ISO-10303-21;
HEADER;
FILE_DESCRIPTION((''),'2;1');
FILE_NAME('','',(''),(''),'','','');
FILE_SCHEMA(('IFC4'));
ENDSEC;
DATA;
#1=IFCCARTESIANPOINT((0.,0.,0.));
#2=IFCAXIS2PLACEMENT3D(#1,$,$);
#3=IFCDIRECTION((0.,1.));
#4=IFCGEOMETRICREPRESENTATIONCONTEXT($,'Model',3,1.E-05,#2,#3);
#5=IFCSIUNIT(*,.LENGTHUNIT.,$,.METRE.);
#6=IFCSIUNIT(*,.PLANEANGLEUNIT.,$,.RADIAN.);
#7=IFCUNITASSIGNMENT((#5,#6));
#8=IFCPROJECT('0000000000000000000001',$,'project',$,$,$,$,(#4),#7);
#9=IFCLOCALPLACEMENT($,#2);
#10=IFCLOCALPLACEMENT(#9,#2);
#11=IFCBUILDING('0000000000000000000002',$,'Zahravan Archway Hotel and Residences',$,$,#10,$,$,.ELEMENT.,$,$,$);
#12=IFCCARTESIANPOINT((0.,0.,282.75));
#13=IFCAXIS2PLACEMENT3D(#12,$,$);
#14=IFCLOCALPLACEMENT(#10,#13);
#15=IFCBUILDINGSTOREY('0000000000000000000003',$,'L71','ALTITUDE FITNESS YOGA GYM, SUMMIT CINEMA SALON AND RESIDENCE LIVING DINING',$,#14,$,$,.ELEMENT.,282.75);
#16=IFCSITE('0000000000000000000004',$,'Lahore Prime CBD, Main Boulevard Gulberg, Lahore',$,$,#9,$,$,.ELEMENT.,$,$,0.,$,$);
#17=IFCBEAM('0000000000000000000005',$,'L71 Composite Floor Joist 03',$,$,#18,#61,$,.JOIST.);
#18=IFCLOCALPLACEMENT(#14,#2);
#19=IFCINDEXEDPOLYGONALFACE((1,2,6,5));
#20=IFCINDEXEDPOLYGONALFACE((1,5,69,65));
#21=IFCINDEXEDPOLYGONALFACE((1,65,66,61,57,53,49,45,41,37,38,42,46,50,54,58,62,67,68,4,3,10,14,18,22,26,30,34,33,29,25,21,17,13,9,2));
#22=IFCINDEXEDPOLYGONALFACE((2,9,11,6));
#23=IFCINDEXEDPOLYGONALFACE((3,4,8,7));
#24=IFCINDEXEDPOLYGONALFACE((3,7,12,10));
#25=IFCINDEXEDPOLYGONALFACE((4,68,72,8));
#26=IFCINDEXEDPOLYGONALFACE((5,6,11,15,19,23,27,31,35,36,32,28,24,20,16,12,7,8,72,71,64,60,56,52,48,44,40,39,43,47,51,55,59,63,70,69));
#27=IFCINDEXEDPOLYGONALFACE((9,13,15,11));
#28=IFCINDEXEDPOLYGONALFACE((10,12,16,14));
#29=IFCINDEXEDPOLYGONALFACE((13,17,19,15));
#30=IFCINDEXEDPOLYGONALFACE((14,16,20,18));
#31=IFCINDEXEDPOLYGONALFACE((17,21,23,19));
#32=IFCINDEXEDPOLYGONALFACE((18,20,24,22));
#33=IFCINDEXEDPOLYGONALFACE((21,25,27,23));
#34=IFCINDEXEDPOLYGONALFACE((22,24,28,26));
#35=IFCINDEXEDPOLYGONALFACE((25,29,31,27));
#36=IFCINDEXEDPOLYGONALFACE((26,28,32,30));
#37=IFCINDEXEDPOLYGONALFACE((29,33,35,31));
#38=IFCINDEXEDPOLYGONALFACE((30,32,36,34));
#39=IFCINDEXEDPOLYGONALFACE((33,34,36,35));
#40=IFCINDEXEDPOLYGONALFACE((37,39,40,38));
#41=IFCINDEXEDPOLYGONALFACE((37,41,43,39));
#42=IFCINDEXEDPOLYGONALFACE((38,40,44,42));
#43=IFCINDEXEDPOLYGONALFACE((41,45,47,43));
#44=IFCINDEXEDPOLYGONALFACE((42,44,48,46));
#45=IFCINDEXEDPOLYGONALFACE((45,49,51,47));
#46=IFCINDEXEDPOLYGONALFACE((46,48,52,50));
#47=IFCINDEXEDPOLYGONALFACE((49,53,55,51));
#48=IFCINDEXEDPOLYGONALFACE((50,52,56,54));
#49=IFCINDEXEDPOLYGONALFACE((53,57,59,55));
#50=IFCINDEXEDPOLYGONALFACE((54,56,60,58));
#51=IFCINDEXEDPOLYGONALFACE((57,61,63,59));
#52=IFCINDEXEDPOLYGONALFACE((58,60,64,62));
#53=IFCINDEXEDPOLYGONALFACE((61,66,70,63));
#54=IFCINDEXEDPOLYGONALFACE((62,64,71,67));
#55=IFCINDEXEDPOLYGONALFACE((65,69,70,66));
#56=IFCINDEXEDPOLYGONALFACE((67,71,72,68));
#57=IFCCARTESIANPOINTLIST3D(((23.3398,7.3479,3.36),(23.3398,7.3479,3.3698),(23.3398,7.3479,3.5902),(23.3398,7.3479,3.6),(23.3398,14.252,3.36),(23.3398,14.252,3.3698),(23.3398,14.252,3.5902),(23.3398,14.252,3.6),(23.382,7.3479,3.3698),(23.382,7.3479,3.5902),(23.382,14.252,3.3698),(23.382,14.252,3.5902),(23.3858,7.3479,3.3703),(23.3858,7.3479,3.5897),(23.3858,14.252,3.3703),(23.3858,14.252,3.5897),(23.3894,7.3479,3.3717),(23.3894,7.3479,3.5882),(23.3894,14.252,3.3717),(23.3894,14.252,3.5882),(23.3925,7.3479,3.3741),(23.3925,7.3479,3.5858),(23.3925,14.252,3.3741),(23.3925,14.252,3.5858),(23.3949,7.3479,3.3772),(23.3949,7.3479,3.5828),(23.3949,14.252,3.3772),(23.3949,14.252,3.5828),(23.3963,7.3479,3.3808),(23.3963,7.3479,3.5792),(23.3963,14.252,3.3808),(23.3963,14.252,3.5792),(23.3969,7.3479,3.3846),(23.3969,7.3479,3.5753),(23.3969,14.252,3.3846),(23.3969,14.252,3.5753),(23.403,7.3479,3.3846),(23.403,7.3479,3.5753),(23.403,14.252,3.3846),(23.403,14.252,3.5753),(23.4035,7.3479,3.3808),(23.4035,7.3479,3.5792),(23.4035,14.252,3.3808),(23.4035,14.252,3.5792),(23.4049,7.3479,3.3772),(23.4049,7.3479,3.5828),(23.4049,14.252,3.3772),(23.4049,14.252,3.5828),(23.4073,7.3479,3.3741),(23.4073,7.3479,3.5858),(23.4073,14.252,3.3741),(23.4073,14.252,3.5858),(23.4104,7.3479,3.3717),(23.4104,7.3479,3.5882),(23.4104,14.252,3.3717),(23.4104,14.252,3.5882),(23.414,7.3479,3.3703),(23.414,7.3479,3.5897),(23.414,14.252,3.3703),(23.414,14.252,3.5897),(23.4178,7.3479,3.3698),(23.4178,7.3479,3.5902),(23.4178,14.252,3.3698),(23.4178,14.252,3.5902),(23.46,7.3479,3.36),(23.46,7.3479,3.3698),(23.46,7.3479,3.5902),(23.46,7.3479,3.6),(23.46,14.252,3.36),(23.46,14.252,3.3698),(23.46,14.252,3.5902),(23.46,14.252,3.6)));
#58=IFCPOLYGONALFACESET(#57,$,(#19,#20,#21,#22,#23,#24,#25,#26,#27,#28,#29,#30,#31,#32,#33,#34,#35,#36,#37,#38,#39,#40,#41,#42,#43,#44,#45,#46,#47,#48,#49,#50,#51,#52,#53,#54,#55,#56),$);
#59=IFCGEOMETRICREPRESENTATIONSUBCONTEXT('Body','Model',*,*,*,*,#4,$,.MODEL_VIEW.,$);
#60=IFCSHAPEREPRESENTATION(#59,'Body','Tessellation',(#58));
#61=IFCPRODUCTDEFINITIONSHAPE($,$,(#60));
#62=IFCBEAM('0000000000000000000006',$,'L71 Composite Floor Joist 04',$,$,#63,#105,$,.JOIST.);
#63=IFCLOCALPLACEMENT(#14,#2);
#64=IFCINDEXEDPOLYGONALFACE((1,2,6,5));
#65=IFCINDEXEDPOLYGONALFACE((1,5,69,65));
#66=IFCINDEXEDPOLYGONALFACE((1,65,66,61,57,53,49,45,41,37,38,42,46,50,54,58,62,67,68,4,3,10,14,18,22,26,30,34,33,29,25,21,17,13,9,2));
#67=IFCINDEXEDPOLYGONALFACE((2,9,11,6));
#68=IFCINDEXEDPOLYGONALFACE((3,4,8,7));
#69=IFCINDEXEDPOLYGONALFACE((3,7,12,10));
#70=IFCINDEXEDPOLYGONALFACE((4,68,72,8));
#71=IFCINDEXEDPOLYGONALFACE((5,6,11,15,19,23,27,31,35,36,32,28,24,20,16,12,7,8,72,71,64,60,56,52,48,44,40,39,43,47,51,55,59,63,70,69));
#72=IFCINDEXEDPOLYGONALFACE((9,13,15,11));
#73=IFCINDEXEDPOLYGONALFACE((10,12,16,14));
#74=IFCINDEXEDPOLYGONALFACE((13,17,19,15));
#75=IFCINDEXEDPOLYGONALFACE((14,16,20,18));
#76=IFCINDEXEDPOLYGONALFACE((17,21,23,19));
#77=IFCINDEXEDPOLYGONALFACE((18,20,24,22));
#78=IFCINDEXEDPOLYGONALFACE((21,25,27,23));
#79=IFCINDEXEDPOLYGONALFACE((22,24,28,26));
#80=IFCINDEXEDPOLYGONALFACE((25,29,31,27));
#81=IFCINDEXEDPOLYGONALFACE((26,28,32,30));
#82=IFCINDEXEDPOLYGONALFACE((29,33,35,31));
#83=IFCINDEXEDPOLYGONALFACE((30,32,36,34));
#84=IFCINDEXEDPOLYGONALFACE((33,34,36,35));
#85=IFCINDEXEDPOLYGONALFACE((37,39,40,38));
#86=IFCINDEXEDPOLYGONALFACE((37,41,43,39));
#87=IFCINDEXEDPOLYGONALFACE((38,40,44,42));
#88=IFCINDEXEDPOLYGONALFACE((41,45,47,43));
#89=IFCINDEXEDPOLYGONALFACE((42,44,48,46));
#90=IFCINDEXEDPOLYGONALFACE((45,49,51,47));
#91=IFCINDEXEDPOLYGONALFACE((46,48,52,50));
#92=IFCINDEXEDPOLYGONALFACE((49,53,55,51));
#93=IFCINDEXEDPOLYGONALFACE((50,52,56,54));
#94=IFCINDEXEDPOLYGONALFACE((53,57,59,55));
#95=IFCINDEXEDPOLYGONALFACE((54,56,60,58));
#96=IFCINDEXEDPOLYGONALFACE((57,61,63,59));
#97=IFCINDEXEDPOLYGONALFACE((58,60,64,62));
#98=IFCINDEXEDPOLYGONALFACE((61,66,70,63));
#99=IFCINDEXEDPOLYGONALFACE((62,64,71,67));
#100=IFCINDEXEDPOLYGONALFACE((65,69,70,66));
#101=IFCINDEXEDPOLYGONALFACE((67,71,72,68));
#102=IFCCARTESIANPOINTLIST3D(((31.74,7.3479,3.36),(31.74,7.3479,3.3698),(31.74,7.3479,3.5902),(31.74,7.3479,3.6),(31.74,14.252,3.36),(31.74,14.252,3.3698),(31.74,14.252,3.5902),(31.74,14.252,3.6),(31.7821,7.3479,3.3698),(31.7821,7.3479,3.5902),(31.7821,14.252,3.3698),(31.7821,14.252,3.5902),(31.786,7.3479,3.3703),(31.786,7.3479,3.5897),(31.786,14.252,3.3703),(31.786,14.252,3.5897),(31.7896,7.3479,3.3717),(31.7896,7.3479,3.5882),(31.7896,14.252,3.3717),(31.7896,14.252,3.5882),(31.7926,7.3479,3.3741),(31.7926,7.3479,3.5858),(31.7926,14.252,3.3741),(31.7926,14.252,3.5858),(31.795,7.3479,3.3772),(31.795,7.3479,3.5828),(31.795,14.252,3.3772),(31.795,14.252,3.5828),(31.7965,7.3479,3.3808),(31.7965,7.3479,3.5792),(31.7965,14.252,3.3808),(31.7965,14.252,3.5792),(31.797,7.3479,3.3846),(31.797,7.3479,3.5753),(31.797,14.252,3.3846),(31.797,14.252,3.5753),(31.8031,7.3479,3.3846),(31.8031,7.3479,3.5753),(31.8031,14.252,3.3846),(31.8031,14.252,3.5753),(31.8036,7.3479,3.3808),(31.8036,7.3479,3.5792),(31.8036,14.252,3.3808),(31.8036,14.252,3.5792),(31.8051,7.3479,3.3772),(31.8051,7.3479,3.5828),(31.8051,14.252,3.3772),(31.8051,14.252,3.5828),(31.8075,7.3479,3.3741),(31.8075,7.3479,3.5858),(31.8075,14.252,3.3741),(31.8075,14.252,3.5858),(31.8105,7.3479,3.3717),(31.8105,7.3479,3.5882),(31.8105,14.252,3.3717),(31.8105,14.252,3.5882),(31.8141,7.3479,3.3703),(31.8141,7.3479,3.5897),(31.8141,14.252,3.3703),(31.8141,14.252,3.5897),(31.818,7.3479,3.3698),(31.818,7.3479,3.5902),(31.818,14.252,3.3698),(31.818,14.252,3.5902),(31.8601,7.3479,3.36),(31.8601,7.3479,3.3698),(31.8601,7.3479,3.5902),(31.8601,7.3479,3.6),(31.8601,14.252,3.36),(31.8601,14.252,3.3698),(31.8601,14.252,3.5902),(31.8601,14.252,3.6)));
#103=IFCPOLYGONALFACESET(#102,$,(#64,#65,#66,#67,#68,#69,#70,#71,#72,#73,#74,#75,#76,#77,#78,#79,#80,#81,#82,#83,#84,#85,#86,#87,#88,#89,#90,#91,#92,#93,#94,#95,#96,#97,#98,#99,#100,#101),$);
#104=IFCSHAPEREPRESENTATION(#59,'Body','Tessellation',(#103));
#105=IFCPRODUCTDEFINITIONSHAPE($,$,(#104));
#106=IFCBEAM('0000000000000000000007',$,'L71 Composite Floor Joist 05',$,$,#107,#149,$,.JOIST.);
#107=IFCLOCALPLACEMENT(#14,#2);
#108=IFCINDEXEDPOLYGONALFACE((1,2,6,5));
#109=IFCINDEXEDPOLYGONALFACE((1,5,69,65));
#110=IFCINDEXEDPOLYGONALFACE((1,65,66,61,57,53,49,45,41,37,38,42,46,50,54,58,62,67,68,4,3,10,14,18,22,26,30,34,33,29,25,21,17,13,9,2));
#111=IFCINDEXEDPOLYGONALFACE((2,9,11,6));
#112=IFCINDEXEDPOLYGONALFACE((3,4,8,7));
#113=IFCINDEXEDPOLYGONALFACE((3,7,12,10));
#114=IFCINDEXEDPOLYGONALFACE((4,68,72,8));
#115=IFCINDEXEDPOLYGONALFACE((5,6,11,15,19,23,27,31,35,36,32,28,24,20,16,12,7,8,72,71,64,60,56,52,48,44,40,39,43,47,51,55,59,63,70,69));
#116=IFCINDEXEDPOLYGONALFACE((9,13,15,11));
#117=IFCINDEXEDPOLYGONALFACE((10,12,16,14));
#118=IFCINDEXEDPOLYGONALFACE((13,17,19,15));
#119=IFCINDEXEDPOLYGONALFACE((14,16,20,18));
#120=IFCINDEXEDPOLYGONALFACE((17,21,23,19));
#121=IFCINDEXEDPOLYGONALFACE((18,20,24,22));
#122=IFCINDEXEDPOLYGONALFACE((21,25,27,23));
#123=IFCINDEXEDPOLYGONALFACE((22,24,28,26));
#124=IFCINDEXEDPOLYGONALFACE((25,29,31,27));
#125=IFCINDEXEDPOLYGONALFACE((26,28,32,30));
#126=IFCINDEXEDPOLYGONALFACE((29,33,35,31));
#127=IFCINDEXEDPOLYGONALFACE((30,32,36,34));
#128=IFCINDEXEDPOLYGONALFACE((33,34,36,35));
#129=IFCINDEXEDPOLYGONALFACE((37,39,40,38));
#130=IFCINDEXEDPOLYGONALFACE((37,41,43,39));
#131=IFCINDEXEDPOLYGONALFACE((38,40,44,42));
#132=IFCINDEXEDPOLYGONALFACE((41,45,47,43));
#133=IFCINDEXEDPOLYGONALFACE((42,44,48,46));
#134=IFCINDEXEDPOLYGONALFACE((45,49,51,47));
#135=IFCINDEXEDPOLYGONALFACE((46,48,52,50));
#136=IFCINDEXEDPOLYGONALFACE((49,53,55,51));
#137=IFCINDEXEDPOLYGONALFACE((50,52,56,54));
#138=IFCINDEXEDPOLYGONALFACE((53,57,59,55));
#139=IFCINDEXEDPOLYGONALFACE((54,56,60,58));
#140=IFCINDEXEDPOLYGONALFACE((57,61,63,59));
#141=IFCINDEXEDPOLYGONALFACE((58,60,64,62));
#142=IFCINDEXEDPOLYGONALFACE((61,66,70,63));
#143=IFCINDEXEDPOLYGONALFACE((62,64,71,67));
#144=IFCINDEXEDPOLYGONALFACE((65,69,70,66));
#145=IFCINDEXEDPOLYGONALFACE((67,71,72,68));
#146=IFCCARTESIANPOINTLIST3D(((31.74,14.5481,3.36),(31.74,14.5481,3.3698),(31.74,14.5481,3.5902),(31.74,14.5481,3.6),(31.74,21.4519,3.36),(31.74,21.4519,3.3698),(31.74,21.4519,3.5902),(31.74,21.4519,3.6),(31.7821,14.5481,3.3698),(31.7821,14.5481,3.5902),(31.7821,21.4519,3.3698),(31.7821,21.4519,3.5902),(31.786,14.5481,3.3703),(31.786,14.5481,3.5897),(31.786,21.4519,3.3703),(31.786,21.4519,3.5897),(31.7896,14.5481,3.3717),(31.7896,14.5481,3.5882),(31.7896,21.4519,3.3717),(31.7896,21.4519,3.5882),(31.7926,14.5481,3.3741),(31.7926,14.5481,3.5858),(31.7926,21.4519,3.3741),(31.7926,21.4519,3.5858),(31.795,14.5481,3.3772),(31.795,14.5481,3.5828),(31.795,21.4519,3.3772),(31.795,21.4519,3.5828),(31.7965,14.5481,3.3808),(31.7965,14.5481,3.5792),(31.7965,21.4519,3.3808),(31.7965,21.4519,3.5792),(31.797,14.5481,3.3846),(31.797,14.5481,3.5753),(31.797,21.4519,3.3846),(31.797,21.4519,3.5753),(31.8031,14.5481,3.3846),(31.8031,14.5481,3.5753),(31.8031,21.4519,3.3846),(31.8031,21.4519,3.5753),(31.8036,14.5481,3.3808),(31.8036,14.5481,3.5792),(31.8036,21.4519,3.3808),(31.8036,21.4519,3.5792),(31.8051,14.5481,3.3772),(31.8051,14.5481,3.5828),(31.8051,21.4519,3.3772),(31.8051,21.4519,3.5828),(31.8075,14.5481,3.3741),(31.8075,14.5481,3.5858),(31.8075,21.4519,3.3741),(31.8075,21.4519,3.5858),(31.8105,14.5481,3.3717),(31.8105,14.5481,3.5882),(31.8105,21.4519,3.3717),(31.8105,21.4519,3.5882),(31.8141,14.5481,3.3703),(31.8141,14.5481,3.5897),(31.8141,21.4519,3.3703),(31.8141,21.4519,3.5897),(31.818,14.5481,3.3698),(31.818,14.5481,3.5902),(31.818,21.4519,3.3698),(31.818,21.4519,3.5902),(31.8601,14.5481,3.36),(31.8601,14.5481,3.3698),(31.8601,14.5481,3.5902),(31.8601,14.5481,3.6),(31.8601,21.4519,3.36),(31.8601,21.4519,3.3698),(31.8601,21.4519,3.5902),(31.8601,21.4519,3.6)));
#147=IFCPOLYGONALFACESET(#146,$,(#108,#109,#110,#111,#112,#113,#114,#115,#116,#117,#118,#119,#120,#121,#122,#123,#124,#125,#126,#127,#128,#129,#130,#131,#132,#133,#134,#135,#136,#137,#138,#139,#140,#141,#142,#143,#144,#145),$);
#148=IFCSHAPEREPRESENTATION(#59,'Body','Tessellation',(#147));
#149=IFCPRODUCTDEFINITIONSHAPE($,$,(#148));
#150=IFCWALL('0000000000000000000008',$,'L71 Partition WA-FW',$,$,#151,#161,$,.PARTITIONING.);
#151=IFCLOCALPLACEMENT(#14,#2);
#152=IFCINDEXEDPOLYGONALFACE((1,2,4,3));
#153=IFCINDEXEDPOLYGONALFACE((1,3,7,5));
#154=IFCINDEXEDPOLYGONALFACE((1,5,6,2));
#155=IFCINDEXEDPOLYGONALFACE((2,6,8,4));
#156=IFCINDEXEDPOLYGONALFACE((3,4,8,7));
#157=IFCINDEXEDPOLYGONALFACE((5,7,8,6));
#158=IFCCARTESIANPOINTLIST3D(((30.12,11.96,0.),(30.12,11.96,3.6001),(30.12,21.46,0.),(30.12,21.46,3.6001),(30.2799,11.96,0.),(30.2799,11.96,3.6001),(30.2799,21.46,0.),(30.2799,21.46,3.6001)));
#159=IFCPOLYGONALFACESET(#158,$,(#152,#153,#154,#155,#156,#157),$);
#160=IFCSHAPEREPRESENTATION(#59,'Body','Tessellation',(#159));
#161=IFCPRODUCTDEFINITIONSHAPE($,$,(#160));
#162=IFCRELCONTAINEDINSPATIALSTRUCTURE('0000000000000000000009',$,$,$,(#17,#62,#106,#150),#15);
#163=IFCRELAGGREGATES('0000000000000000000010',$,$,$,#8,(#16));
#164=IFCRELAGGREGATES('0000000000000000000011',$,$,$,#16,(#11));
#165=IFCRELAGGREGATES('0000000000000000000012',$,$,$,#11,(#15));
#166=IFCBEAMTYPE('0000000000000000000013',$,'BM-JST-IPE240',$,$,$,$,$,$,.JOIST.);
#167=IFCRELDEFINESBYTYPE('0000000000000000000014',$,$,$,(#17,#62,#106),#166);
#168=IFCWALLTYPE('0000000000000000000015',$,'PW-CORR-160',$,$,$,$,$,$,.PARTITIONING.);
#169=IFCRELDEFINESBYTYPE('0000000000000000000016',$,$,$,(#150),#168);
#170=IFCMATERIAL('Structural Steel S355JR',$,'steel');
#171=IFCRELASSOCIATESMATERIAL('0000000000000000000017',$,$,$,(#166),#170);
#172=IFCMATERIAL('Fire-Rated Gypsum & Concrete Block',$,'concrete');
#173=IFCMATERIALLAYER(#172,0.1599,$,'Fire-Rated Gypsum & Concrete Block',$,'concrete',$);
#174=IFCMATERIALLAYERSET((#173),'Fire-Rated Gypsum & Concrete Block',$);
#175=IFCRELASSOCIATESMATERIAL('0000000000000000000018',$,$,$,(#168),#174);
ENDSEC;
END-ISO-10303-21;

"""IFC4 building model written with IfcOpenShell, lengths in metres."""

from ifc_helpers import new_model, si_unit, direction, frame, frame_2d, origin, origin_2d, place, context, subcontext, project, spatial, rectangle, i_section, extrude, source, transform, mapped, material, layer, layer_set, material_profile, profile_set, type_object, type_shapes, element, save


model = new_model("IFC4")

# Units and contexts
model_context = context("Model", 3, precision=1e-05, world=origin(), true_north=direction((0.0, 1.0)))
body_context = subcontext(model_context, "Body", "Model", "MODEL_VIEW")
ifc_project = project(units=[si_unit("LENGTHUNIT", "METRE"), si_unit("PLANEANGLEUNIT", "RADIAN")], contexts=[model_context])

# Site, building, storey
site_placement = place(None, origin())
site = spatial("IfcSite", under=ifc_project, at=site_placement, Name="Lahore Prime CBD, Main Boulevard Gulberg, Lahore", CompositionType="ELEMENT", RefElevation=0.0)
building_placement = place(site_placement, origin())
building = spatial("IfcBuilding", under=site, at=building_placement, Name="Zahravan Archway Hotel and Residences", CompositionType="ELEMENT")
storey_placement = place(building_placement, frame((0.0, 0.0, 282.75)))
storey = spatial("IfcBuildingStorey", under=building, at=storey_placement, Name="L71", Description="ALTITUDE FITNESS YOGA GYM, SUMMIT CINEMA SALON AND RESIDENCE LIVING DINING", CompositionType="ELEMENT", Elevation=282.75)

# Beams
ifc_material_1 = material(Name="Structural Steel S355JR", Category="steel")
ifc_material_profile_1 = material_profile(ifc_material_1, i_section(OverallWidth=0.1201, OverallDepth=0.24, WebThickness=0.0061, FlangeThickness=0.0098, FilletRadius=0.0149, at=origin_2d()), Name="IPE 240", Category="steel")
ifc_profile_set_1 = profile_set([ifc_material_profile_1], Name="Structural Steel S355JR")
beam_type_1 = type_object("IfcBeamType", Name="BM-JST-IPE240", PredefinedType="JOIST", material=ifc_profile_set_1)
shared_shape_1 = source(origin(), body_context, "Body", "SweptSolid", [
    extrude(i_section(OverallWidth=0.1201, OverallDepth=0.24, WebThickness=0.0061, FlangeThickness=0.0098, FilletRadius=0.0149, at=origin_2d()), origin(), (0.0, 0.0, 1.0), 6.9041),
])
type_shapes(beam_type_1, [shared_shape_1])
for number, where, z_axis, x_axis, name in (
    (1, (23.3999, 7.3479, 3.48), (0.0, 1.0, 0.0), (-1.0, 0.0, 0.0), "L71 Composite Floor Joist 03"),
    (2, (31.8, 7.3479, 3.48), (0.0, 1.0, 0.0), (-1.0, 0.0, 0.0), "L71 Composite Floor Joist 04"),
):
    element("IfcBeam", number, at=place(storey_placement, frame(where, z_axis=z_axis, x_axis=x_axis)), inside=storey, type_object=beam_type_1, Name=name, PredefinedType="JOIST", context=body_context, shape_type="MappedRepresentation", body=[
        mapped(shared_shape_1, transform((0.0, 0.0, 0.0), scale=1.0)),
    ])
shared_shape_2 = source(origin(), body_context, "Body", "SweptSolid", [
    extrude(i_section(OverallWidth=0.1201, OverallDepth=0.24, WebThickness=0.0061, FlangeThickness=0.0098, FilletRadius=0.0149, at=origin_2d()), origin(), (0.0, 0.0, 1.0), 6.9038),
])
beam_1_placement = place(storey_placement, frame((31.8, 14.5481, 3.48), z_axis=(0.0, 1.0, 0.0), x_axis=(-1.0, 0.0, 0.0)))
element("IfcBeam", 3, at=beam_1_placement, inside=storey, type_object=beam_type_1, Name="L71 Composite Floor Joist 05", PredefinedType="JOIST", context=body_context, shape_type="MappedRepresentation", body=[
    mapped(shared_shape_2, transform((0.0, 0.0, 0.0), scale=1.0)),
])

# Wall
ifc_material_2 = material(Name="Fire-Rated Gypsum & Concrete Block", Category="concrete")
ifc_layer_1 = layer(ifc_material_2, 0.1599, Name="Fire-Rated Gypsum & Concrete Block", Category="concrete")
ifc_layer_set_1 = layer_set([ifc_layer_1], Name="Fire-Rated Gypsum & Concrete Block")
wall_type_1 = type_object("IfcWallType", Name="PW-CORR-160", PredefinedType="PARTITIONING", material=ifc_layer_set_1)
wall_1_placement = place(storey_placement, frame((30.2, 11.96, 0.0), z_axis=(0.0, 0.0, 1.0), x_axis=(0.0, 1.0, 0.0)))
element("IfcWall", 4, at=wall_1_placement, inside=storey, type_object=wall_type_1, Name="L71 Partition WA-FW", PredefinedType="PARTITIONING", context=body_context, shape_type="SweptSolid", body=[
    extrude(rectangle(XDim=9.5, YDim=0.1599, at=frame_2d((4.75, 0.0))), origin(), (0.0, 0.0, 1.0), 3.6001),
])

save(model, "model.ifc")
